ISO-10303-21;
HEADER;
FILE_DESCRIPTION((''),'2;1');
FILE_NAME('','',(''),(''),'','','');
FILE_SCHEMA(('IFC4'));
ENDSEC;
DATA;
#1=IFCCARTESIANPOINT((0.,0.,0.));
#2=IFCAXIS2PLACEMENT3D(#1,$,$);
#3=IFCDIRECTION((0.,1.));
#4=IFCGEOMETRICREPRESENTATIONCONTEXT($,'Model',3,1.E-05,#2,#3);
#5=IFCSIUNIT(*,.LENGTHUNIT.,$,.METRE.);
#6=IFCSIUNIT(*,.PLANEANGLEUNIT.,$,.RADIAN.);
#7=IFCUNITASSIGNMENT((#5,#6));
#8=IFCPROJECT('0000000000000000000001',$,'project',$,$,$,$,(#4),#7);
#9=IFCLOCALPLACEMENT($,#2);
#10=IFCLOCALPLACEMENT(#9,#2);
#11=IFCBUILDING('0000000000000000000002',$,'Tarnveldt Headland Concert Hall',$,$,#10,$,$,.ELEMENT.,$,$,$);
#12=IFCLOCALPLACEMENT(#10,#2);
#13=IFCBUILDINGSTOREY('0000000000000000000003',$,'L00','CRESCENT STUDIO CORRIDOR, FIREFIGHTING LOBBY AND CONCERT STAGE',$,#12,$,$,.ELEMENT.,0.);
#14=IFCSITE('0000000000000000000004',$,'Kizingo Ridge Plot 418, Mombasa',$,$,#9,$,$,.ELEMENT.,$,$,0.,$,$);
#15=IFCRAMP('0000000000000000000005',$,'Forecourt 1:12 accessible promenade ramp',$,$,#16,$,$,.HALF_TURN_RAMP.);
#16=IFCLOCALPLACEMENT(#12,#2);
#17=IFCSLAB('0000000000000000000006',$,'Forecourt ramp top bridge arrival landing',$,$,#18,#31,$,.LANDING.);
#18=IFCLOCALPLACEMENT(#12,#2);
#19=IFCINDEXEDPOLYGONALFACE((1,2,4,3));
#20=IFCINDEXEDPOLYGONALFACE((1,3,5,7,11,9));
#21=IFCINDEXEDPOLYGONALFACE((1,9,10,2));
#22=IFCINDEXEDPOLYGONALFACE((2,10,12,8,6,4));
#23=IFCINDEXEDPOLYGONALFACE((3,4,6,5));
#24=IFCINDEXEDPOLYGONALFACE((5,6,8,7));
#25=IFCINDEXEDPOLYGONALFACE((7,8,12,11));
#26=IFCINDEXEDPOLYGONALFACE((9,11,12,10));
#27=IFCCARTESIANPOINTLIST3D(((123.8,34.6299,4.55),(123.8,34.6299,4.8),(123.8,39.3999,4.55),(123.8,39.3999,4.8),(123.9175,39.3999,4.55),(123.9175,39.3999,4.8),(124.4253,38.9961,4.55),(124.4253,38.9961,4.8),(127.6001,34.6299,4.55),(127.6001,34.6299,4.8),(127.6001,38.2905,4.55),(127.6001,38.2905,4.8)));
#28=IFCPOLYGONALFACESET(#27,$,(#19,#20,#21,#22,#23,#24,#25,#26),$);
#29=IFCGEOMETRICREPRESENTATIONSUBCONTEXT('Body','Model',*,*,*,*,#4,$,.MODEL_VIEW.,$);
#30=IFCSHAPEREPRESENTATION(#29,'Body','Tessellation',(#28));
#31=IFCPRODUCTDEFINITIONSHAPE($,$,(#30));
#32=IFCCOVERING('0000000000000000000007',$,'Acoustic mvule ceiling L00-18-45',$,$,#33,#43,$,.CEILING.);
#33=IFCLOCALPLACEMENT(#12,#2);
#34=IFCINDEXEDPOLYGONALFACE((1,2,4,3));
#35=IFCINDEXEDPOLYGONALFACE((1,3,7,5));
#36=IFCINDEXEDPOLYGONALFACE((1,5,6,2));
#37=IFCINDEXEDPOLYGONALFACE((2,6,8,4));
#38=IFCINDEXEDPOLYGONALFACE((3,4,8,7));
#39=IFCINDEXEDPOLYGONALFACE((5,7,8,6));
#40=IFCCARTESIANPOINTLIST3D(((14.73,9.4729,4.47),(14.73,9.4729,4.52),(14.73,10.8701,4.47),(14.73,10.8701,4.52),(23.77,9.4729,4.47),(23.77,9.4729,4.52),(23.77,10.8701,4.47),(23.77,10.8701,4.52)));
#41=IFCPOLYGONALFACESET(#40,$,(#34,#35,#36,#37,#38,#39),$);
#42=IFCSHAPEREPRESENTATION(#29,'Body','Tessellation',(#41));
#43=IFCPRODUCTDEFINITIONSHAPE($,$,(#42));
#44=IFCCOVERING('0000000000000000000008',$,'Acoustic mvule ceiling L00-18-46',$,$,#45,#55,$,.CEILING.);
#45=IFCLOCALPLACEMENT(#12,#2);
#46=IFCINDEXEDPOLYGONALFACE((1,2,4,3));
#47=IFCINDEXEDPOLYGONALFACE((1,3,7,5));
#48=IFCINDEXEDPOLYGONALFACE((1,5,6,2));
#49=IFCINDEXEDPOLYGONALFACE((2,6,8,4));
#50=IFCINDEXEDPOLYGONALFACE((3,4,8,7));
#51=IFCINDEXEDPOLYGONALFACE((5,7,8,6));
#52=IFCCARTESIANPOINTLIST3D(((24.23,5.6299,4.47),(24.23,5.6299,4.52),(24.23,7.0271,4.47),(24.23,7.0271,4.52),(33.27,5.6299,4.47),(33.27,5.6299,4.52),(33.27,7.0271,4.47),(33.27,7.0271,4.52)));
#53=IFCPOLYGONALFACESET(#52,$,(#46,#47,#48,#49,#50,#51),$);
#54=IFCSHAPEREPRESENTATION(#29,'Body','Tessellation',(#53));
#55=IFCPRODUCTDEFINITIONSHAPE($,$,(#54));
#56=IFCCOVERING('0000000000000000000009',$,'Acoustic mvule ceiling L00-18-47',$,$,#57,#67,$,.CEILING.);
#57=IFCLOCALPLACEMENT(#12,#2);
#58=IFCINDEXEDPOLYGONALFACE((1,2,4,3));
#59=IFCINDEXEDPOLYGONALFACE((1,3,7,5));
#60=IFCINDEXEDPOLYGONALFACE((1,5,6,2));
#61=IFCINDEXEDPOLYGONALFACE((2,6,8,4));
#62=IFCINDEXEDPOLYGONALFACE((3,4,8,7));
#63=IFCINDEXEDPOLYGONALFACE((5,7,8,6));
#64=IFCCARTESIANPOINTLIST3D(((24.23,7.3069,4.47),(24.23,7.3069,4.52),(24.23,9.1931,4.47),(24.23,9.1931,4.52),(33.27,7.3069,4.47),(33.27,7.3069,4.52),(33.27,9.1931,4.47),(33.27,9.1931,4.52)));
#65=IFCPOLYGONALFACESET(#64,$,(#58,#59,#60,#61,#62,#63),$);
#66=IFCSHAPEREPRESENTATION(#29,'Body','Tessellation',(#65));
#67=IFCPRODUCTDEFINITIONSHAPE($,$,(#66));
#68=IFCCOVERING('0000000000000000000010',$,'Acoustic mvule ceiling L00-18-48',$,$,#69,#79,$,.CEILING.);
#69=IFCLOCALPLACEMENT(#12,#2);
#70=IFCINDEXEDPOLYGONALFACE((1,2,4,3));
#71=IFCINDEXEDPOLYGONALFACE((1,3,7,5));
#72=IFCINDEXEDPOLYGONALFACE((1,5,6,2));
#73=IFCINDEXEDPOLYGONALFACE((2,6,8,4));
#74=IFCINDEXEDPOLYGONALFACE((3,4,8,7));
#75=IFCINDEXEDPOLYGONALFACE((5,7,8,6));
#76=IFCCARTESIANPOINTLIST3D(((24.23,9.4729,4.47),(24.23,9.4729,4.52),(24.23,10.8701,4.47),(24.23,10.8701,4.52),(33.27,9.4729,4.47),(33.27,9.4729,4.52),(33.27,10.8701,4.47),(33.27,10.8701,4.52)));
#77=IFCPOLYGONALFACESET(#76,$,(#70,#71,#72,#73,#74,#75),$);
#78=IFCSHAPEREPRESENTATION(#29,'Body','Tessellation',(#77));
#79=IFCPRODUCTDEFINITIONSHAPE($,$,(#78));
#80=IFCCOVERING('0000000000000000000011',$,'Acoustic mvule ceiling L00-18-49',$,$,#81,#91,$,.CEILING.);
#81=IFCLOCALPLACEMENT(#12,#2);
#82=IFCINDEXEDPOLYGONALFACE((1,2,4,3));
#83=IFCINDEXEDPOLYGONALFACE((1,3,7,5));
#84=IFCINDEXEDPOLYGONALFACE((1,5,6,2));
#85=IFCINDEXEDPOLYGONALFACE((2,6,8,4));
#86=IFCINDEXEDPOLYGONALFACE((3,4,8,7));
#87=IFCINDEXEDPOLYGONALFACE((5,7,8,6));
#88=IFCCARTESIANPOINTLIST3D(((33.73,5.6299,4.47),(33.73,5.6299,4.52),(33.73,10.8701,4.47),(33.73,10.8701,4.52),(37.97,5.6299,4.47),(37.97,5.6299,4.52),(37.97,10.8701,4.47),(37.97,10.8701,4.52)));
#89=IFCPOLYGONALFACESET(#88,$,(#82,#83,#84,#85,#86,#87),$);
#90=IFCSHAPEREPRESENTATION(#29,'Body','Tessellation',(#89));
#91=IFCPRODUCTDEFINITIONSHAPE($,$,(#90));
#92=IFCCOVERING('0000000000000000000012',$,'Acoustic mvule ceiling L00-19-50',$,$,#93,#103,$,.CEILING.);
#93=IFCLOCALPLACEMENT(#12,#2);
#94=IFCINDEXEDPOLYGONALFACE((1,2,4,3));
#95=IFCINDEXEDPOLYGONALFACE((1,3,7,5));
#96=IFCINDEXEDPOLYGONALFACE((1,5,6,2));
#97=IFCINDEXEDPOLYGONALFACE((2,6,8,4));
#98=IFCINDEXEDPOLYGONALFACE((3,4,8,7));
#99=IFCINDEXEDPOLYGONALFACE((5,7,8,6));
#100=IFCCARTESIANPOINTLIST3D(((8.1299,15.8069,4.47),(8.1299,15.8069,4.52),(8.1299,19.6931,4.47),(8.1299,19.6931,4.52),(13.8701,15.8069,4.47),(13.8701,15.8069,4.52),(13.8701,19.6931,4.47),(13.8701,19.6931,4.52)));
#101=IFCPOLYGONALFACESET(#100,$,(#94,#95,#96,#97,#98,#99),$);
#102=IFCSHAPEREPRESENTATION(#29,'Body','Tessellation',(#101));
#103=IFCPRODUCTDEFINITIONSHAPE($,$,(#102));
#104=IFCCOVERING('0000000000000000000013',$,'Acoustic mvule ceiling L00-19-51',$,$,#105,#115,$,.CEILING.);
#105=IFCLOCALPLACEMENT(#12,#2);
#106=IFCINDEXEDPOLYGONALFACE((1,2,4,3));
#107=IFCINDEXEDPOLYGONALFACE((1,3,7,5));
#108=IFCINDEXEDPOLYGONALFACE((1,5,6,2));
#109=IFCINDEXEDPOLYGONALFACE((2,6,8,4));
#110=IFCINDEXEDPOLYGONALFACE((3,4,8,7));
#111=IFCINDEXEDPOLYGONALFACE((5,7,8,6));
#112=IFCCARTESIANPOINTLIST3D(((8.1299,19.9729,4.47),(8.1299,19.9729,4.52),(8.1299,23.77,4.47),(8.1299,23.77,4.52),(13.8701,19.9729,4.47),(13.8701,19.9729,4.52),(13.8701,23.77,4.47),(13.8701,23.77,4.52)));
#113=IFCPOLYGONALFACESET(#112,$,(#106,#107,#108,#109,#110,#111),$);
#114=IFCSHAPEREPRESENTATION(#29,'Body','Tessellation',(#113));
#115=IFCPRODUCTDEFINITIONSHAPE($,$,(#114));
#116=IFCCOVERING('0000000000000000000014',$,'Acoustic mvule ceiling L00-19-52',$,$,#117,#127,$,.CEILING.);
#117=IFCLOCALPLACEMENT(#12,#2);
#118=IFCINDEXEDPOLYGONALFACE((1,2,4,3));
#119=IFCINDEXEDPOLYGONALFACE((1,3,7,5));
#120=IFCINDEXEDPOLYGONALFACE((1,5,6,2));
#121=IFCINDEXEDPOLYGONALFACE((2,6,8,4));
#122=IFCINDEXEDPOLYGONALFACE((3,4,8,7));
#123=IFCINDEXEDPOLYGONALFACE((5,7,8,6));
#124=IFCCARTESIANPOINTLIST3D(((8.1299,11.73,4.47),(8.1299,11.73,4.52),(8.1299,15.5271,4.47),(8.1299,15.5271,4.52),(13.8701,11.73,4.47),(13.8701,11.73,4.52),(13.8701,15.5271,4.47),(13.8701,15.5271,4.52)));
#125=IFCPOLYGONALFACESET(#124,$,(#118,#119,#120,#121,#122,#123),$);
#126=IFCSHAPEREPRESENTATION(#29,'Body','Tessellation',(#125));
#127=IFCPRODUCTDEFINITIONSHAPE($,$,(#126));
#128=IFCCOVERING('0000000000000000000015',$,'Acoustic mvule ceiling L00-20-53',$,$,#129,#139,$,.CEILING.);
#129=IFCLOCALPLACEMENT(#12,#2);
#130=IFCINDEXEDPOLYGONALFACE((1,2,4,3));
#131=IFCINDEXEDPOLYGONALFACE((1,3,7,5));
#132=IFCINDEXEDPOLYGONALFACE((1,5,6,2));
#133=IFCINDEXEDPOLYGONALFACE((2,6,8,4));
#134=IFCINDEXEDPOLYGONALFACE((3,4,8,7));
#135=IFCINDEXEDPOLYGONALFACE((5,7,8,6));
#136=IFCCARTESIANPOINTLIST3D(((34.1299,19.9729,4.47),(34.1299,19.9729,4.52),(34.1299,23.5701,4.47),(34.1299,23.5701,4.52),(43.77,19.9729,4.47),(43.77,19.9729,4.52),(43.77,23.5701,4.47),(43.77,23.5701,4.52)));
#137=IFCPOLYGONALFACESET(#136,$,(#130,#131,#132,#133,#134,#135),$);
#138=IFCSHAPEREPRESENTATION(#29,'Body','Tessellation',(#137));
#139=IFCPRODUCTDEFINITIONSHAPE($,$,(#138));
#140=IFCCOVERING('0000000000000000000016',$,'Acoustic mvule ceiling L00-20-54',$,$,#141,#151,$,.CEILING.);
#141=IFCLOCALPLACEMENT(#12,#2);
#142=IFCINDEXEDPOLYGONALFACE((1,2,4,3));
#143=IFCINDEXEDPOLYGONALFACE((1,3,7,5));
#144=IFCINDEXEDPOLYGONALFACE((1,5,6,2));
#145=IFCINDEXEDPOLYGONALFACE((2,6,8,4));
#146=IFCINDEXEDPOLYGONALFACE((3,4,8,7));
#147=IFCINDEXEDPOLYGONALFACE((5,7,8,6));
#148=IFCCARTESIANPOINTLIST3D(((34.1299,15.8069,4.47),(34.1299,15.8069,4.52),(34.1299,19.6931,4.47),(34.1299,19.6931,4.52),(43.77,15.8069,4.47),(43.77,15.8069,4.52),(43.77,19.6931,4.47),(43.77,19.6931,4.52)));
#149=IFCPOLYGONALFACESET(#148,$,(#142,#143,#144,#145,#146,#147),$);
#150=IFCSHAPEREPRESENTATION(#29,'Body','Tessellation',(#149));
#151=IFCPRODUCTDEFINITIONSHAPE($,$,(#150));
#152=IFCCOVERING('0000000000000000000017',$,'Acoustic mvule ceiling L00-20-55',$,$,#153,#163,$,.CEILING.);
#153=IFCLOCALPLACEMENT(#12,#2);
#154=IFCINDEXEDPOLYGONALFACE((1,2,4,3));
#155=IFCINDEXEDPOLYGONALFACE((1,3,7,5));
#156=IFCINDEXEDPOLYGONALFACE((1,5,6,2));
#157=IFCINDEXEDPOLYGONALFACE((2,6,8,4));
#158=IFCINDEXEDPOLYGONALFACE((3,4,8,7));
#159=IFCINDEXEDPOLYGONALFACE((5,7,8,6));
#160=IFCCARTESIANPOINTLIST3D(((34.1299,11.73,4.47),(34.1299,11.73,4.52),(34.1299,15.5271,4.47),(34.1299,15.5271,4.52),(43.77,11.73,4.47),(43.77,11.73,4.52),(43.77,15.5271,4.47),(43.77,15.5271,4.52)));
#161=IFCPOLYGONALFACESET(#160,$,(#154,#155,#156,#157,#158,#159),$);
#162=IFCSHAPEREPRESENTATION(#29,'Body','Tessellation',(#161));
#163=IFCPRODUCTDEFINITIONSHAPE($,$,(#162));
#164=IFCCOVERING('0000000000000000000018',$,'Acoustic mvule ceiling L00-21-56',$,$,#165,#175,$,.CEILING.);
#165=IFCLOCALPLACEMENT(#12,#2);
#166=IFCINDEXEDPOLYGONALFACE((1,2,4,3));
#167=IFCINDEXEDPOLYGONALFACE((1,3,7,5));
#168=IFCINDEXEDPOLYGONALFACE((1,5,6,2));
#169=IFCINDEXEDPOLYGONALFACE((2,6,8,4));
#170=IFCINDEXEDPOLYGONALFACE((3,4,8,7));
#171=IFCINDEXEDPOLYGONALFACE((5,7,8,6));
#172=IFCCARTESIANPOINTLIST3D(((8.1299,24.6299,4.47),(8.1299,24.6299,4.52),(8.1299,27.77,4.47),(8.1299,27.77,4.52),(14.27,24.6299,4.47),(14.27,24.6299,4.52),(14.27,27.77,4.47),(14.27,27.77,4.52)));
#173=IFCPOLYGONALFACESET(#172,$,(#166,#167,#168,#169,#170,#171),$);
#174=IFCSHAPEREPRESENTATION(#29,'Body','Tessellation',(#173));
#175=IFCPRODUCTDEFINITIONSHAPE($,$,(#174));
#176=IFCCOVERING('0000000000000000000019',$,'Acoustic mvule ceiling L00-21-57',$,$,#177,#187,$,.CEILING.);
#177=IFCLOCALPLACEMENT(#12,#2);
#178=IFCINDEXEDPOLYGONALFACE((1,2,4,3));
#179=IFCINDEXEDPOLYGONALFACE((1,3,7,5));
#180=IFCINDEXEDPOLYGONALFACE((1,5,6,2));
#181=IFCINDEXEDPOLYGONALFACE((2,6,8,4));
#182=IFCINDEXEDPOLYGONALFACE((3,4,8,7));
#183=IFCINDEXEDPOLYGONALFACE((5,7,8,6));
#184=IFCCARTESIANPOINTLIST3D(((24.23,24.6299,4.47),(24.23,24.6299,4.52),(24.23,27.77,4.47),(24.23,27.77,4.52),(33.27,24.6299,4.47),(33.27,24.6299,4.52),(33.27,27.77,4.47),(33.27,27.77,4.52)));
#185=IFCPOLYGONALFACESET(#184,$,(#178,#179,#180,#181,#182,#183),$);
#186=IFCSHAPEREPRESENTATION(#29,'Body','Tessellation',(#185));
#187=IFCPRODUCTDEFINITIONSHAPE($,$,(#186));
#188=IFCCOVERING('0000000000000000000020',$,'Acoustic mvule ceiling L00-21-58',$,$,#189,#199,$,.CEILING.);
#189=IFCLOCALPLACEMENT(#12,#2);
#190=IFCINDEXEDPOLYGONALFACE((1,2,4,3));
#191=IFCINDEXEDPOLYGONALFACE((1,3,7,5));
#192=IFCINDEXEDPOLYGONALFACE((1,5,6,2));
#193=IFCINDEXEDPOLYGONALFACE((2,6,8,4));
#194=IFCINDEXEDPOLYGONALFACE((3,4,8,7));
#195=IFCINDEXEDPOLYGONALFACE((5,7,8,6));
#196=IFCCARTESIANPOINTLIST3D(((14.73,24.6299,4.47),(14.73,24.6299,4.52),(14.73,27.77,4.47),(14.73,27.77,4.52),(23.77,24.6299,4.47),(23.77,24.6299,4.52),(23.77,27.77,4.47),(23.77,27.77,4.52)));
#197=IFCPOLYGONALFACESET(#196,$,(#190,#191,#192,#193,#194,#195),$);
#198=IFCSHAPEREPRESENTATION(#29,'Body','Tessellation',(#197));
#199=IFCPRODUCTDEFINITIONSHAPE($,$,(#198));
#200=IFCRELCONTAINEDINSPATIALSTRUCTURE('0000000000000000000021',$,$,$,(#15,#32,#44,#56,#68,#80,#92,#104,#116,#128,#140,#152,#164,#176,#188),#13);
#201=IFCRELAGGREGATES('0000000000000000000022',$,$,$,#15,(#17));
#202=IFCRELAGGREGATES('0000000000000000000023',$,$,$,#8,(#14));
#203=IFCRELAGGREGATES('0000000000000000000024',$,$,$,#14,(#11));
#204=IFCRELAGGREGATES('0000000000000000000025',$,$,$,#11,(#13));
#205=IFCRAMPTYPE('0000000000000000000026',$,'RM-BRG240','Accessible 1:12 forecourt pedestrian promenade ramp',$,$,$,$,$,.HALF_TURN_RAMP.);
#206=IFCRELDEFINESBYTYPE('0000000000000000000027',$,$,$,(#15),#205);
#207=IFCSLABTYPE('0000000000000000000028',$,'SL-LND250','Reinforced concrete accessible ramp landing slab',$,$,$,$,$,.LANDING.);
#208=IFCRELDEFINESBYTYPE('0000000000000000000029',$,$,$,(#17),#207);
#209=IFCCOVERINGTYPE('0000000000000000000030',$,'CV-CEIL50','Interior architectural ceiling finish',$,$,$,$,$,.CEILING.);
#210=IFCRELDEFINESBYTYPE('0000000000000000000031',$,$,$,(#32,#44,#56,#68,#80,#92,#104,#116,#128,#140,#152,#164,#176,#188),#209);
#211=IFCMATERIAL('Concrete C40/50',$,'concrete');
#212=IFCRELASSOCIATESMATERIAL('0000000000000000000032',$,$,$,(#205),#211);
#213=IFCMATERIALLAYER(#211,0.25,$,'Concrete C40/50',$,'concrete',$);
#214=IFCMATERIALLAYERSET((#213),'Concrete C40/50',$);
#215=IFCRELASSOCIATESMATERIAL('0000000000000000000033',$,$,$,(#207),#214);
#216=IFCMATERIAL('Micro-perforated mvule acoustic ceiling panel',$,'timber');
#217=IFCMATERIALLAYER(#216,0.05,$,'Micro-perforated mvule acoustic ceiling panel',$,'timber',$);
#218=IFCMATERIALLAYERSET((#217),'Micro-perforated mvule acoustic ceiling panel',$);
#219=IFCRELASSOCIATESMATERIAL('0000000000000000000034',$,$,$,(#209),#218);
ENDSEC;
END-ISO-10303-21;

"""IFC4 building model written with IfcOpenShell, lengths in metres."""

from ifc_helpers import new_model, si_unit, direction, frame, origin, place, context, subcontext, project, spatial, polyline, outline, extrude, material, layer, layer_set, type_object, element, aggregate, save


model = new_model("IFC4")

# Units and contexts
model_context = context("Model", 3, precision=1e-05, world=origin(), true_north=direction((0.0, 1.0)))
body_context = subcontext(model_context, "Body", "Model", "MODEL_VIEW")
ifc_project = project(units=[si_unit("LENGTHUNIT", "METRE"), si_unit("PLANEANGLEUNIT", "RADIAN")], contexts=[model_context])

# Site, building, storey
site_placement = place(None, origin())
site = spatial("IfcSite", under=ifc_project, at=site_placement, Name="Kizingo Ridge Plot 418, Mombasa", CompositionType="ELEMENT", RefElevation=0.0)
building_placement = place(site_placement, origin())
building = spatial("IfcBuilding", under=site, at=building_placement, Name="Tarnveldt Headland Concert Hall", CompositionType="ELEMENT")
storey_placement = place(building_placement, origin())
storey = spatial("IfcBuildingStorey", under=building, at=storey_placement, Name="L00", Description="CRESCENT STUDIO CORRIDOR, FIREFIGHTING LOBBY AND CONCERT STAGE", CompositionType="ELEMENT", Elevation=0.0)

# Ramp, slab
ifc_material_1 = material(Name="Concrete C40/50", Category="concrete")
ramp_type = type_object("IfcRampType", Name="RM-BRG240", Description="Accessible 1:12 forecourt pedestrian promenade ramp", PredefinedType="HALF_TURN_RAMP", material=ifc_material_1)
ramp_placement = place(storey_placement, origin())
ramp = element("IfcRamp", 1, at=ramp_placement, inside=storey, type_object=ramp_type, Name="Forecourt 1:12 accessible promenade ramp", PredefinedType="HALF_TURN_RAMP")
ifc_layer_1 = layer(ifc_material_1, 0.25, Name="Concrete C40/50", Category="concrete")
ifc_layer_set_1 = layer_set([ifc_layer_1], Name="Concrete C40/50")
slab_type = type_object("IfcSlabType", Name="SL-LND250", Description="Reinforced concrete accessible ramp landing slab", PredefinedType="LANDING", material=ifc_layer_set_1)
placement = place(building_placement, frame((0.0, 0.0, 4.8)))
slab_placement = place(placement, frame((0.0, 0.0, -0.25)))
slab = element("IfcSlab", 2, at=slab_placement, type_object=slab_type, Name="Forecourt ramp top bridge arrival landing", PredefinedType="LANDING", context=body_context, shape_type="SweptSolid", body=[
    extrude(outline(polyline([(127.6001, 34.6299), (123.8, 34.6299), (123.8, 39.3999), (123.9175, 39.3999), (124.4253, 38.9961), (127.6001, 38.2905), (127.6001, 34.6299)])), origin(), (0.0, 0.0, 1.0), 0.25),
])
aggregate(ramp, [slab])

# Coverings
ifc_material_2 = material(Name="Micro-perforated mvule acoustic ceiling panel", Category="timber")
ifc_layer_2 = layer(ifc_material_2, 0.05, Name="Micro-perforated mvule acoustic ceiling panel", Category="timber")
ifc_layer_set_2 = layer_set([ifc_layer_2], Name="Micro-perforated mvule acoustic ceiling panel")
covering_type = type_object("IfcCoveringType", Name="CV-CEIL50", Description="Interior architectural ceiling finish", PredefinedType="CEILING", material=ifc_layer_set_2)
covering_1_placement = place(storey_placement, frame((0.0, 0.0, 4.47)))
element("IfcCovering", 3, at=covering_1_placement, inside=storey, type_object=covering_type, Name="Acoustic mvule ceiling L00-18-45", PredefinedType="CEILING", context=body_context, shape_type="SweptSolid", body=[
    extrude(outline(polyline([(14.73, 9.4729), (14.73, 10.8701), (23.77, 10.8701), (23.77, 9.4729), (14.73, 9.4729)])), origin(), (0.0, 0.0, 1.0), 0.05),
])
covering_2_placement = place(storey_placement, frame((0.0, 0.0, 4.47)))
element("IfcCovering", 4, at=covering_2_placement, inside=storey, type_object=covering_type, Name="Acoustic mvule ceiling L00-18-46", PredefinedType="CEILING", context=body_context, shape_type="SweptSolid", body=[
    extrude(outline(polyline([(33.27, 7.0271), (33.27, 5.6299), (24.23, 5.6299), (24.23, 7.0271), (33.27, 7.0271)])), origin(), (0.0, 0.0, 1.0), 0.05),
])
covering_3_placement = place(storey_placement, frame((0.0, 0.0, 4.47)))
element("IfcCovering", 5, at=covering_3_placement, inside=storey, type_object=covering_type, Name="Acoustic mvule ceiling L00-18-47", PredefinedType="CEILING", context=body_context, shape_type="SweptSolid", body=[
    extrude(outline(polyline([(24.23, 9.1931), (33.27, 9.1931), (33.27, 7.3069), (24.23, 7.3069), (24.23, 9.1931)])), origin(), (0.0, 0.0, 1.0), 0.05),
])
covering_4_placement = place(storey_placement, frame((0.0, 0.0, 4.47)))
element("IfcCovering", 6, at=covering_4_placement, inside=storey, type_object=covering_type, Name="Acoustic mvule ceiling L00-18-48", PredefinedType="CEILING", context=body_context, shape_type="SweptSolid", body=[
    extrude(outline(polyline([(24.23, 10.8701), (33.27, 10.8701), (33.27, 9.4729), (24.23, 9.4729), (24.23, 10.8701)])), origin(), (0.0, 0.0, 1.0), 0.05),
])
covering_5_placement = place(storey_placement, frame((0.0, 0.0, 4.47)))
element("IfcCovering", 7, at=covering_5_placement, inside=storey, type_object=covering_type, Name="Acoustic mvule ceiling L00-18-49", PredefinedType="CEILING", context=body_context, shape_type="SweptSolid", body=[
    extrude(outline(polyline([(37.97, 5.6299), (33.73, 5.6299), (33.73, 10.8701), (37.97, 10.8701), (37.97, 5.6299)])), origin(), (0.0, 0.0, 1.0), 0.05),
])
covering_6_placement = place(storey_placement, frame((0.0, 0.0, 4.47)))
element("IfcCovering", 8, at=covering_6_placement, inside=storey, type_object=covering_type, Name="Acoustic mvule ceiling L00-19-50", PredefinedType="CEILING", context=body_context, shape_type="SweptSolid", body=[
    extrude(outline(polyline([(8.1299, 19.6931), (13.8701, 19.6931), (13.8701, 15.8069), (8.1299, 15.8069), (8.1299, 19.6931)])), origin(), (0.0, 0.0, 1.0), 0.05),
])
covering_7_placement = place(storey_placement, frame((0.0, 0.0, 4.47)))
element("IfcCovering", 9, at=covering_7_placement, inside=storey, type_object=covering_type, Name="Acoustic mvule ceiling L00-19-51", PredefinedType="CEILING", context=body_context, shape_type="SweptSolid", body=[
    extrude(outline(polyline([(13.8701, 23.77), (13.8701, 19.9729), (8.1299, 19.9729), (8.1299, 23.77), (13.8701, 23.77)])), origin(), (0.0, 0.0, 1.0), 0.05),
])
covering_8_placement = place(storey_placement, frame((0.0, 0.0, 4.47)))
element("IfcCovering", 10, at=covering_8_placement, inside=storey, type_object=covering_type, Name="Acoustic mvule ceiling L00-19-52", PredefinedType="CEILING", context=body_context, shape_type="SweptSolid", body=[
    extrude(outline(polyline([(8.1299, 15.5271), (13.8701, 15.5271), (13.8701, 11.73), (8.1299, 11.73), (8.1299, 15.5271)])), origin(), (0.0, 0.0, 1.0), 0.05),
])
covering_9_placement = place(storey_placement, frame((0.0, 0.0, 4.47)))
element("IfcCovering", 11, at=covering_9_placement, inside=storey, type_object=covering_type, Name="Acoustic mvule ceiling L00-20-53", PredefinedType="CEILING", context=body_context, shape_type="SweptSolid", body=[
    extrude(outline(polyline([(34.1299, 19.9729), (34.1299, 23.5701), (43.77, 23.5701), (43.77, 19.9729), (34.1299, 19.9729)])), origin(), (0.0, 0.0, 1.0), 0.05),
])
covering_10_placement = place(storey_placement, frame((0.0, 0.0, 4.47)))
element("IfcCovering", 12, at=covering_10_placement, inside=storey, type_object=covering_type, Name="Acoustic mvule ceiling L00-20-54", PredefinedType="CEILING", context=body_context, shape_type="SweptSolid", body=[
    extrude(outline(polyline([(34.1299, 15.8069), (34.1299, 19.6931), (43.77, 19.6931), (43.77, 15.8069), (34.1299, 15.8069)])), origin(), (0.0, 0.0, 1.0), 0.05),
])
covering_11_placement = place(storey_placement, frame((0.0, 0.0, 4.47)))
element("IfcCovering", 13, at=covering_11_placement, inside=storey, type_object=covering_type, Name="Acoustic mvule ceiling L00-20-55", PredefinedType="CEILING", context=body_context, shape_type="SweptSolid", body=[
    extrude(outline(polyline([(34.1299, 15.5271), (43.77, 15.5271), (43.77, 11.73), (34.1299, 11.73), (34.1299, 15.5271)])), origin(), (0.0, 0.0, 1.0), 0.05),
])
covering_12_placement = place(storey_placement, frame((0.0, 0.0, 4.47)))
element("IfcCovering", 14, at=covering_12_placement, inside=storey, type_object=covering_type, Name="Acoustic mvule ceiling L00-21-56", PredefinedType="CEILING", context=body_context, shape_type="SweptSolid", body=[
    extrude(outline(polyline([(8.1299, 24.6299), (8.1299, 27.77), (14.27, 27.77), (14.27, 24.6299), (8.1299, 24.6299)])), origin(), (0.0, 0.0, 1.0), 0.05),
])
covering_13_placement = place(storey_placement, frame((0.0, 0.0, 4.47)))
element("IfcCovering", 15, at=covering_13_placement, inside=storey, type_object=covering_type, Name="Acoustic mvule ceiling L00-21-57", PredefinedType="CEILING", context=body_context, shape_type="SweptSolid", body=[
    extrude(outline(polyline([(24.23, 27.77), (33.27, 27.77), (33.27, 24.6299), (24.23, 24.6299), (24.23, 27.77)])), origin(), (0.0, 0.0, 1.0), 0.05),
])
covering_14_placement = place(storey_placement, frame((0.0, 0.0, 4.47)))
element("IfcCovering", 16, at=covering_14_placement, inside=storey, type_object=covering_type, Name="Acoustic mvule ceiling L00-21-58", PredefinedType="CEILING", context=body_context, shape_type="SweptSolid", body=[
    extrude(outline(polyline([(23.77, 27.77), (23.77, 24.6299), (14.73, 24.6299), (14.73, 27.77), (23.77, 27.77)])), origin(), (0.0, 0.0, 1.0), 0.05),
])

save(model, "model.ifc")
